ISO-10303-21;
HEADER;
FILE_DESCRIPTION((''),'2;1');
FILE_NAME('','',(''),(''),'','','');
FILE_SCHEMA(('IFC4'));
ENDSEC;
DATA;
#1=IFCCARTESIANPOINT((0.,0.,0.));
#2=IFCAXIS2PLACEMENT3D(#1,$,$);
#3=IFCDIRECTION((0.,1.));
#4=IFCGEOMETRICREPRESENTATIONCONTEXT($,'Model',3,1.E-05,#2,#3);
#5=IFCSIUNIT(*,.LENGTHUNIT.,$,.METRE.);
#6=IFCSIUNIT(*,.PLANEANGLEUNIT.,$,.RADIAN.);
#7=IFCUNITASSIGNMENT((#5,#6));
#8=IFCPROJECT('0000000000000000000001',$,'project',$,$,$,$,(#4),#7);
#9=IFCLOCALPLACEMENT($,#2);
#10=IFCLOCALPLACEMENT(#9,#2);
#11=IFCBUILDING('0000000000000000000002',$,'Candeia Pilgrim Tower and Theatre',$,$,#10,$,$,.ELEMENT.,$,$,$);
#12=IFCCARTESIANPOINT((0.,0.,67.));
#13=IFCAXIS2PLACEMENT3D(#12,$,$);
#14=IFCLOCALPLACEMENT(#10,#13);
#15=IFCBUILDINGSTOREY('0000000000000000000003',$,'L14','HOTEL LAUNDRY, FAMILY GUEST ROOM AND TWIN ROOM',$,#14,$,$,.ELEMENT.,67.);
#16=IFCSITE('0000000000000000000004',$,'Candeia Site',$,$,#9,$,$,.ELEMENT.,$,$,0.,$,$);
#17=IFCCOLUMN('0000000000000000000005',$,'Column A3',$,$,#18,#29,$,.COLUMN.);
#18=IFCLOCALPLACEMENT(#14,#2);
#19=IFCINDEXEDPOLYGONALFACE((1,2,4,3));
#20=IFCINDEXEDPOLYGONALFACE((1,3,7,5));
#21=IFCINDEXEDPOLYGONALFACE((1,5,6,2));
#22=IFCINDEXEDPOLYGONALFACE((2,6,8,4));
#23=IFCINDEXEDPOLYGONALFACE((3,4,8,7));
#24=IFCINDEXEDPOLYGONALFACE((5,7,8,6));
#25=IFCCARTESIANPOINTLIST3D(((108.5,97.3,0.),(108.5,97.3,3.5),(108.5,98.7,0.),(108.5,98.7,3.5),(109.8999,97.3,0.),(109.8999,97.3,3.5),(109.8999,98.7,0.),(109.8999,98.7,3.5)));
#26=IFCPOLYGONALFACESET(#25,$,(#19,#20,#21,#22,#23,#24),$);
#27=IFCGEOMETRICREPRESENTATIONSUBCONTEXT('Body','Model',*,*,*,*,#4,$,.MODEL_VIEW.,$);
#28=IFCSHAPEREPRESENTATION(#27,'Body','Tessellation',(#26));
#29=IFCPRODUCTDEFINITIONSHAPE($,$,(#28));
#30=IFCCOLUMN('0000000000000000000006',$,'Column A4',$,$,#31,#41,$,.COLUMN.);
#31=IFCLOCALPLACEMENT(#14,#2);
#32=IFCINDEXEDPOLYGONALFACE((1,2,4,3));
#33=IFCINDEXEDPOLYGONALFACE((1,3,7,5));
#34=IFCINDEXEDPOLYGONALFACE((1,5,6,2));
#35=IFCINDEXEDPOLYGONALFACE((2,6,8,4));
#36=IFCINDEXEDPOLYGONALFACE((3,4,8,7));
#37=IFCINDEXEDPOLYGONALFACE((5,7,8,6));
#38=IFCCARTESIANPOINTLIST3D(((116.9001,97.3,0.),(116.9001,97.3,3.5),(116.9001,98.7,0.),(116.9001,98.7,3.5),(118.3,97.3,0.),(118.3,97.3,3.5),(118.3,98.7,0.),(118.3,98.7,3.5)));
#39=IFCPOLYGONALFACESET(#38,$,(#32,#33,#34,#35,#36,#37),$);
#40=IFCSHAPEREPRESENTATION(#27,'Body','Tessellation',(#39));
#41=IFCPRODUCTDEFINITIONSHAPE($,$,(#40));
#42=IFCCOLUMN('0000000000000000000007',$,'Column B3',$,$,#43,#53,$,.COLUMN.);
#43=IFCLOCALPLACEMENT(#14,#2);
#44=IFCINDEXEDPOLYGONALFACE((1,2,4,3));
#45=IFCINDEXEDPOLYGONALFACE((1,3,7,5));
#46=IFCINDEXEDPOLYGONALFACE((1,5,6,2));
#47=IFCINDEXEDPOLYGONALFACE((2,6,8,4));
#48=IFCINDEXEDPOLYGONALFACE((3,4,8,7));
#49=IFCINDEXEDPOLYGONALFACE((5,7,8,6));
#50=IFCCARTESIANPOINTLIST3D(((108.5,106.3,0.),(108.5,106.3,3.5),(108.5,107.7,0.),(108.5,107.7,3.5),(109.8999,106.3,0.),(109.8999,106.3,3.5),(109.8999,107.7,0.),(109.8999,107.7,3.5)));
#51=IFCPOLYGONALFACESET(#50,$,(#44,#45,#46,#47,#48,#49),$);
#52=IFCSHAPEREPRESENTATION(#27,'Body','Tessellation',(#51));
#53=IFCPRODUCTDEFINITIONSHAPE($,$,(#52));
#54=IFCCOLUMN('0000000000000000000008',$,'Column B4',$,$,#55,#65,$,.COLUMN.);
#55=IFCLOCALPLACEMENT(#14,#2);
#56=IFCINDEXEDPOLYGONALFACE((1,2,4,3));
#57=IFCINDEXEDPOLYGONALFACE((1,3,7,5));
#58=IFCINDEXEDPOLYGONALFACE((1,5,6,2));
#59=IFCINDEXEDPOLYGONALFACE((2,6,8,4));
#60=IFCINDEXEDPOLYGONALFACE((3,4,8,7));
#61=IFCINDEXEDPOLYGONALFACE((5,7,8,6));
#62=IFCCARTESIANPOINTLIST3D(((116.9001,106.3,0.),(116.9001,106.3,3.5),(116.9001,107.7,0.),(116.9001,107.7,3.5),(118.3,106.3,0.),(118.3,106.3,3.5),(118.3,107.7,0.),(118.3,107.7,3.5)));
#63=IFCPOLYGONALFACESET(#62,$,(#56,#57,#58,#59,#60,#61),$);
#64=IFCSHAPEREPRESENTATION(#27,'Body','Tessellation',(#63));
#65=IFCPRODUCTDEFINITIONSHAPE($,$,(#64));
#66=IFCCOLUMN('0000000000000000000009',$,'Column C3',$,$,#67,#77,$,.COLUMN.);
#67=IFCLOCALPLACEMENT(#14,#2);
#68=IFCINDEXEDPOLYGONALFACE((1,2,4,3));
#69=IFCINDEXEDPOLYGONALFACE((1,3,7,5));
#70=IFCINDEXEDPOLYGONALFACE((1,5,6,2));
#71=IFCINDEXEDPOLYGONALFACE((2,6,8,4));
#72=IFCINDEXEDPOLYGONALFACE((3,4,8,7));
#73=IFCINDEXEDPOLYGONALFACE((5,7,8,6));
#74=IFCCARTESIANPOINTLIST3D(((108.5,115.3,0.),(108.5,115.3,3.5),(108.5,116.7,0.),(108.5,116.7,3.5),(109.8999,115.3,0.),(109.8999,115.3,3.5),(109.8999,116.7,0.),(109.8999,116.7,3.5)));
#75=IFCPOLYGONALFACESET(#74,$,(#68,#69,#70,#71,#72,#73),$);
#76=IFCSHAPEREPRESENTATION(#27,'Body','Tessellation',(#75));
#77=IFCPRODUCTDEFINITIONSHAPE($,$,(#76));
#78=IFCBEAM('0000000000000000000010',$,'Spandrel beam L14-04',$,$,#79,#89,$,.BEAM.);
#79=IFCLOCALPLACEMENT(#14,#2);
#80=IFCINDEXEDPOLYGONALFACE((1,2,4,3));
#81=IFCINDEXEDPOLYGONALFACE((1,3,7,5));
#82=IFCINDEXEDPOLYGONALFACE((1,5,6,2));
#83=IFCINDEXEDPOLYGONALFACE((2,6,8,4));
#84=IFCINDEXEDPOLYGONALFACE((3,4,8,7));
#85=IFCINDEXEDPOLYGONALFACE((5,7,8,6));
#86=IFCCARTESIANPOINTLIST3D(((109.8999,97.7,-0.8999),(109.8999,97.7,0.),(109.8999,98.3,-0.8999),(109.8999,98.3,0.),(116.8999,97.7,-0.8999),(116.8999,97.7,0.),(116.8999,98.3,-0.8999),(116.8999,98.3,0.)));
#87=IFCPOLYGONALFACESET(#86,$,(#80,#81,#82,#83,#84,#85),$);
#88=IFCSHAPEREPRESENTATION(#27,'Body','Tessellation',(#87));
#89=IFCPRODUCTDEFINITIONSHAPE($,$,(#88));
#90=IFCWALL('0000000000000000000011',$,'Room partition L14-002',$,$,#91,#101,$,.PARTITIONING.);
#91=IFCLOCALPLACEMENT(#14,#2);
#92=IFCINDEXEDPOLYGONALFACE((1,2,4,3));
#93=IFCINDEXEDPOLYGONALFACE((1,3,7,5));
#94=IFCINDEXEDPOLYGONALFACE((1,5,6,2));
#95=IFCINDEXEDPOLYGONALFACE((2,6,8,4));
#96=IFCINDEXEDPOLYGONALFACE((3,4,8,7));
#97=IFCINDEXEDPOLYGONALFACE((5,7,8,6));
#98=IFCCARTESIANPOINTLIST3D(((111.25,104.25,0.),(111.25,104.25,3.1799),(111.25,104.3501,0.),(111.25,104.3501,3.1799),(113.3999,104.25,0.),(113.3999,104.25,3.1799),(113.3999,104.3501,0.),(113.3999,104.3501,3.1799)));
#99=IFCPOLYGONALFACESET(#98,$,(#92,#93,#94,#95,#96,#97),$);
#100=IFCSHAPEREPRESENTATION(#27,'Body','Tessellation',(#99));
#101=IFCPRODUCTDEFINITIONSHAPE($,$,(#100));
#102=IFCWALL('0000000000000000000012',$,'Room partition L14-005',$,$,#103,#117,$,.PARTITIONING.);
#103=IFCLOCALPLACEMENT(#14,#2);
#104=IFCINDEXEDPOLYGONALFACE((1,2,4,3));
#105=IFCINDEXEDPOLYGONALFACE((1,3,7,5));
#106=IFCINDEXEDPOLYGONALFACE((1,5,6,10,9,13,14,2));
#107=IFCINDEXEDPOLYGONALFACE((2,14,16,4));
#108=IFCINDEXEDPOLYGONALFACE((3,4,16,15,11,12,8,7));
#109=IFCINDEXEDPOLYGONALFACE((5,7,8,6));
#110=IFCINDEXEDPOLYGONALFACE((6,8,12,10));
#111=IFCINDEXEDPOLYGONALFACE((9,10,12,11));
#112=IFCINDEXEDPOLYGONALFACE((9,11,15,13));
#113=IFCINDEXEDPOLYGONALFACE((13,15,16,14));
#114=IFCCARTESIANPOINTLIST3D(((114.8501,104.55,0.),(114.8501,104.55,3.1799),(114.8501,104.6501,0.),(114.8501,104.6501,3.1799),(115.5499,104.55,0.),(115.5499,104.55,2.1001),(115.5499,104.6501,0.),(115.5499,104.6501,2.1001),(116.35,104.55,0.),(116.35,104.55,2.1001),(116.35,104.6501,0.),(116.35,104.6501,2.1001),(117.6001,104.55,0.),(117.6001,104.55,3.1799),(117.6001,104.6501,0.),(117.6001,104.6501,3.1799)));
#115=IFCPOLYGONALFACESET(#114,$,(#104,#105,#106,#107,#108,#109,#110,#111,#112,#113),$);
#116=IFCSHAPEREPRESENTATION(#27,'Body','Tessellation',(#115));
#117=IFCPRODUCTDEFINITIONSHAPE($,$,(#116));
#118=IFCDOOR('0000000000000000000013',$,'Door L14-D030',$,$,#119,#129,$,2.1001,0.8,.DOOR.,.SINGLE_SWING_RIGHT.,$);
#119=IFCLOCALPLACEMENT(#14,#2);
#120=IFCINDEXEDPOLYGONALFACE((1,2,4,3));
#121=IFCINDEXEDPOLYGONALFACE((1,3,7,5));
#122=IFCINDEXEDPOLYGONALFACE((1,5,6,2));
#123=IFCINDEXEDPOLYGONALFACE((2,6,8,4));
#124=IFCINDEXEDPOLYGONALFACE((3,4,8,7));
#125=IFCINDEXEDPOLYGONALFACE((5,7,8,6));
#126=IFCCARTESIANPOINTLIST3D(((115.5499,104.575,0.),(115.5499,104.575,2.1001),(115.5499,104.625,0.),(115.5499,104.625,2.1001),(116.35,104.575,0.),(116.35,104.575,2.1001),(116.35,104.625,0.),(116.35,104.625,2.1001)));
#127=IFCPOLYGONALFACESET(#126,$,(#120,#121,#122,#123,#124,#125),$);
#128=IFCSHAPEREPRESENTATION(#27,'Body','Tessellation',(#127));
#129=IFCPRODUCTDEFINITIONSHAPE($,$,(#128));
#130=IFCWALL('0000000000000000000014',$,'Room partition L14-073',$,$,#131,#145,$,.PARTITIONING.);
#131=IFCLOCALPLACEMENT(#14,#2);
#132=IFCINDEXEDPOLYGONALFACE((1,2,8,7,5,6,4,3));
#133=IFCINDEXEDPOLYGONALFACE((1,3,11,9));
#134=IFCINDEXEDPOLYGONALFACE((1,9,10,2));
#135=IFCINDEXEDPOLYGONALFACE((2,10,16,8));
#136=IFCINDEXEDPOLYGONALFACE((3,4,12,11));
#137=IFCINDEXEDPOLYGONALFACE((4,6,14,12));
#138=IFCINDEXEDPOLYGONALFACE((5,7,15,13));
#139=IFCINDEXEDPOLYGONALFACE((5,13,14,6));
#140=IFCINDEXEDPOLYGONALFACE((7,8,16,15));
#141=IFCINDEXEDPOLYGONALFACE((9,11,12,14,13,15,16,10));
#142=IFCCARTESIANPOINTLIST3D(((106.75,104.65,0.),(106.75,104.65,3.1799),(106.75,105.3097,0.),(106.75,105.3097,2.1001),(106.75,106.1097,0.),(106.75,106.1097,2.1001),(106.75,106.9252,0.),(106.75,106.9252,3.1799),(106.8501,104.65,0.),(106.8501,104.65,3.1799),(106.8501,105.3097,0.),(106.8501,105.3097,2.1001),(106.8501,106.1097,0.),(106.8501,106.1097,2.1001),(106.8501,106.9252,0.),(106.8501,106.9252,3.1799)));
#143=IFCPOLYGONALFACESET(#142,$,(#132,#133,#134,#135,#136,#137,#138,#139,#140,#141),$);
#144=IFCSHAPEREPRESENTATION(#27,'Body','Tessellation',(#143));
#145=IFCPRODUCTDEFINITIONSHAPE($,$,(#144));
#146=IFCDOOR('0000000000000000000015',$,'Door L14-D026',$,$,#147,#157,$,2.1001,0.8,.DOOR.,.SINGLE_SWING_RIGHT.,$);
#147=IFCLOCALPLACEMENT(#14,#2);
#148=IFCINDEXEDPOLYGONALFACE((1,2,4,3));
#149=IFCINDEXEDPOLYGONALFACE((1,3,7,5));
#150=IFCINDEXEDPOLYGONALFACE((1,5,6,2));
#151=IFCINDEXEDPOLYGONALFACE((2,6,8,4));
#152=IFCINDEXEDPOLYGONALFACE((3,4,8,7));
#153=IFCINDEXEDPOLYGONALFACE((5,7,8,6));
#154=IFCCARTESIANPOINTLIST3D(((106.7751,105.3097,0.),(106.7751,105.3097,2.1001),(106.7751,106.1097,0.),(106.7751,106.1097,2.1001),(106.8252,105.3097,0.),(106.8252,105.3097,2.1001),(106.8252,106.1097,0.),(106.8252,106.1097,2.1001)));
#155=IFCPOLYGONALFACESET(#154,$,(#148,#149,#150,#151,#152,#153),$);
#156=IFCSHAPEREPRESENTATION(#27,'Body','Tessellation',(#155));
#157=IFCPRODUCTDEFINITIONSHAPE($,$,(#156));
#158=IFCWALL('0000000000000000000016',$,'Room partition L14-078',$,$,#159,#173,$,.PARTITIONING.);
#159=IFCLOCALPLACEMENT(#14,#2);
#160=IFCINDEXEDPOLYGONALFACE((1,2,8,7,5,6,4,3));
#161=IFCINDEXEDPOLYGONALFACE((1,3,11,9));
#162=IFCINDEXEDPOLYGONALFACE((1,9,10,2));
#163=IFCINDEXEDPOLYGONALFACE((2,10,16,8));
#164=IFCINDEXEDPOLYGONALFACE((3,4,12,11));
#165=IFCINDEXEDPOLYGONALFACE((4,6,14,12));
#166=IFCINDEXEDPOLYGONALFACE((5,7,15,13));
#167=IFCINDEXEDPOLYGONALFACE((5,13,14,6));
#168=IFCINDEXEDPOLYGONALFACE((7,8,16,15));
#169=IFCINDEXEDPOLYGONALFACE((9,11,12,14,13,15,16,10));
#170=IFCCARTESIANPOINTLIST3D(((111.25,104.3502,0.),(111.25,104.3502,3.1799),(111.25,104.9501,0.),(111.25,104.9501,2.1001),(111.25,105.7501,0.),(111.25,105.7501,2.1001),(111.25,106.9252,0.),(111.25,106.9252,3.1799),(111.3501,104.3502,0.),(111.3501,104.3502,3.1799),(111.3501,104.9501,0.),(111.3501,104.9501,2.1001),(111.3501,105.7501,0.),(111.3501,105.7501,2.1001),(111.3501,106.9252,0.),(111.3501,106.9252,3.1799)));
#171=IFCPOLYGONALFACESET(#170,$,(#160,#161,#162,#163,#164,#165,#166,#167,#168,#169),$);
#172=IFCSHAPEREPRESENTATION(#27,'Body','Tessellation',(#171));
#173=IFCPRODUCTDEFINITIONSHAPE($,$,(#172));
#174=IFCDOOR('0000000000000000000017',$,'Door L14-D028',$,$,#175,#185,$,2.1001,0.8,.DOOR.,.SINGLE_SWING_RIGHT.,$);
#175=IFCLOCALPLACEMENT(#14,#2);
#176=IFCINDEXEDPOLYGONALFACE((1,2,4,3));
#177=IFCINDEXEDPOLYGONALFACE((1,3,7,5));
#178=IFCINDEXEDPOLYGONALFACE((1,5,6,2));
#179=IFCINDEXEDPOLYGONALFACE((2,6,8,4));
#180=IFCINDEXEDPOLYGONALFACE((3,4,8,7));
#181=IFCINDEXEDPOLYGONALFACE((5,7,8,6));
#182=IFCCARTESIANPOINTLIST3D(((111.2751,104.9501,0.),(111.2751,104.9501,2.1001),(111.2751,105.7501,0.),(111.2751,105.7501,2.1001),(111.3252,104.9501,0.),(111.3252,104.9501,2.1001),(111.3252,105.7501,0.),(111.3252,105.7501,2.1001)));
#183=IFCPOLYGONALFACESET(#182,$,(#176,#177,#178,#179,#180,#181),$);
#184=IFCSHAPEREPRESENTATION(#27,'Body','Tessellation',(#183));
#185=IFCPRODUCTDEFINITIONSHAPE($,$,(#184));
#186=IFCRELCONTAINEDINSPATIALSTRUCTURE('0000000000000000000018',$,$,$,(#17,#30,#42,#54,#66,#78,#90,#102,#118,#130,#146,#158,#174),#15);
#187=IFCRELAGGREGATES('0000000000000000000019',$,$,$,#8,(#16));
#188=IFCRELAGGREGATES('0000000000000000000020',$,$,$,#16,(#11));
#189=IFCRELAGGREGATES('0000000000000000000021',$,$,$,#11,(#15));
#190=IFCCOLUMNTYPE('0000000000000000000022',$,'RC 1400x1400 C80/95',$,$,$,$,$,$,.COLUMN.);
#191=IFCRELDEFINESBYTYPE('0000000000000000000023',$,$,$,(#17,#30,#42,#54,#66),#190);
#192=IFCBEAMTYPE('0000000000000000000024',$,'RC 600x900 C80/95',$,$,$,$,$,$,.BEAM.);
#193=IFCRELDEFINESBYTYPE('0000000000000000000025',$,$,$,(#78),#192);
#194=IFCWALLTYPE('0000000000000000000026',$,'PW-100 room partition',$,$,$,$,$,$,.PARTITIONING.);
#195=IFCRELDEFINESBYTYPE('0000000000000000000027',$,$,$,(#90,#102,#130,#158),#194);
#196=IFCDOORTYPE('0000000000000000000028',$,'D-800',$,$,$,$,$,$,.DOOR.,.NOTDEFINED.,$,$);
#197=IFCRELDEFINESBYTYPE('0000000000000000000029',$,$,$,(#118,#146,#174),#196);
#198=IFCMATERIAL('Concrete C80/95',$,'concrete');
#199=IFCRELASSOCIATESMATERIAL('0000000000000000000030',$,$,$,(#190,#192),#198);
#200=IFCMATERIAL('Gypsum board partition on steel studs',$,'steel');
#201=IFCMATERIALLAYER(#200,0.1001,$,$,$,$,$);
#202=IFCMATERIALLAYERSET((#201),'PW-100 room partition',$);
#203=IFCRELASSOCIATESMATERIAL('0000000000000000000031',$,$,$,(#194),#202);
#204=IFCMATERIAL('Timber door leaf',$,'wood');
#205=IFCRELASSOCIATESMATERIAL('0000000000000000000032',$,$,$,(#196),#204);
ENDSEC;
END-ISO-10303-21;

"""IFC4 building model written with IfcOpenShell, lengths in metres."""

from ifc_helpers import new_model, si_unit, direction, frame, frame_2d, origin, origin_2d, place, context, subcontext, project, spatial, rectangle, extrude, material, layer, layer_set, material_profile, profile_set, type_object, element, fill, save


model = new_model("IFC4")

# Units and contexts
model_context = context("Model", 3, precision=1e-05, world=origin(), true_north=direction((0.0, 1.0)))
body_context = subcontext(model_context, "Body", "Model", "MODEL_VIEW")
ifc_project = project(units=[si_unit("LENGTHUNIT", "METRE"), si_unit("PLANEANGLEUNIT", "RADIAN")], contexts=[model_context])

# Site, building, storey
site_placement = place(None, origin())
site = spatial("IfcSite", under=ifc_project, at=site_placement, Name="Candeia Site", CompositionType="ELEMENT", RefElevation=0.0)
building_placement = place(site_placement, origin())
building = spatial("IfcBuilding", under=site, at=building_placement, Name="Candeia Pilgrim Tower and Theatre", CompositionType="ELEMENT")
storey_placement = place(building_placement, frame((0.0, 0.0, 67.0)))
storey = spatial("IfcBuildingStorey", under=building, at=storey_placement, Name="L14", Description="HOTEL LAUNDRY, FAMILY GUEST ROOM AND TWIN ROOM", CompositionType="ELEMENT", Elevation=67.0)

# Columns
ifc_material_1 = material(Name="Concrete C80/95", Category="concrete")
ifc_material_profile_1 = material_profile(ifc_material_1, rectangle(XDim=1.3999, YDim=1.3999, at=origin_2d()))
ifc_profile_set_1 = profile_set([ifc_material_profile_1], Name="Concrete C80/95")
column_type = type_object("IfcColumnType", Name="RC 1400x1400 C80/95", PredefinedType="COLUMN", material=ifc_profile_set_1)
for number, where, z_axis, x_axis, name in (
    (1, (109.2, 98.0, 0.0), (0.0, 0.0, 1.0), (1.0, 0.0, 0.0), "Column A3"),
    (2, (117.6001, 98.0, 0.0), (0.0, 0.0, 1.0), (1.0, 0.0, 0.0), "Column A4"),
    (3, (109.2, 107.0, 0.0), (0.0, 0.0, 1.0), (1.0, 0.0, 0.0), "Column B3"),
    (4, (117.6001, 107.0, 0.0), (0.0, 0.0, 1.0), (1.0, 0.0, 0.0), "Column B4"),
    (5, (109.2, 116.0, 0.0), (0.0, 0.0, 1.0), (1.0, 0.0, 0.0), "Column C3"),
):
    element("IfcColumn", number, at=place(storey_placement, frame(where, z_axis=z_axis, x_axis=x_axis)), inside=storey, type_object=column_type, Name=name, PredefinedType="COLUMN", context=body_context, shape_type="SweptSolid", body=[
        extrude(rectangle(XDim=1.3999, YDim=1.3999, at=origin_2d()), origin(), (0.0, 0.0, 1.0), 3.5),
    ])

# Beam
ifc_material_profile_2 = material_profile(ifc_material_1, rectangle(XDim=0.6001, YDim=0.8999, at=origin_2d()))
ifc_profile_set_2 = profile_set([ifc_material_profile_2], Name="Concrete C80/95")
beam_type = type_object("IfcBeamType", Name="RC 600x900 C80/95", PredefinedType="BEAM", material=ifc_profile_set_2)
beam_placement = place(storey_placement, frame((109.8999, 98.0, -0.45), z_axis=(1.0, 0.0, 0.0), x_axis=(0.0, 1.0, 0.0)))
element("IfcBeam", 6, at=beam_placement, inside=storey, type_object=beam_type, Name="Spandrel beam L14-04", PredefinedType="BEAM", context=body_context, shape_type="SweptSolid", body=[
    extrude(rectangle(XDim=0.6001, YDim=0.8999, at=origin_2d()), origin(), (0.0, 0.0, 1.0), 7.0),
])

# Wall
ifc_material_2 = material(Name="Gypsum board partition on steel studs", Category="steel")
ifc_layer_1 = layer(ifc_material_2, 0.1001)
ifc_layer_set_1 = layer_set([ifc_layer_1], Name="PW-100 room partition")
wall_type_1 = type_object("IfcWallType", Name="PW-100 room partition", PredefinedType="PARTITIONING", material=ifc_layer_set_1)
wall_1_placement = place(storey_placement, frame((111.25, 104.3, 0.0), z_axis=(0.0, 0.0, 1.0), x_axis=(1.0, 0.0, 0.0)))
element("IfcWall", 7, at=wall_1_placement, inside=storey, type_object=wall_type_1, Name="Room partition L14-002", PredefinedType="PARTITIONING", context=body_context, shape_type="SweptSolid", body=[
    extrude(rectangle(XDim=2.1499, YDim=0.1001, at=frame_2d((1.075, 0.0))), origin(), (0.0, 0.0, 1.0), 3.1799),
])

# Walls, openings, doors
wall_2_placement = place(storey_placement, frame((114.8501, 104.6001, 0.0), z_axis=(0.0, 0.0, 1.0), x_axis=(1.0, 0.0, 0.0)))
wall_2 = element("IfcWall", 8, at=wall_2_placement, inside=storey, type_object=wall_type_1, Name="Room partition L14-005", PredefinedType="PARTITIONING", context=body_context, shape_type="SweptSolid", body=[
    extrude(rectangle(XDim=2.75, YDim=0.1001, at=frame_2d((1.375, 0.0))), origin(), (0.0, 0.0, 1.0), 3.1799),
])
opening_1_placement = place(wall_2_placement, frame((0.7, 0.0, 0.0)))
opening_1 = element("IfcOpeningElement", 9, at=opening_1_placement, cuts=wall_2, PredefinedType="OPENING", context=body_context, shape_type="SweptSolid", body=[
    extrude(rectangle(XDim=0.8, YDim=2.1001, at=frame_2d((0.3999, 1.05))), frame((0.0, 0.0601, 0.0), z_axis=(0.0, -1.0, 0.0), x_axis=(1.0, 0.0, 0.0)), (0.0, 0.0, 1.0), 0.1201),
])
ifc_material_3 = material(Name="Timber door leaf", Category="wood")
door_type = type_object("IfcDoorType", Name="D-800", OperationType="NOTDEFINED", PredefinedType="DOOR", material=ifc_material_3)
door_1_placement = place(opening_1_placement, origin())
door_1 = element("IfcDoor", 10, at=door_1_placement, inside=storey, type_object=door_type, Name="Door L14-D030", OperationType="SINGLE_SWING_RIGHT", OverallHeight=2.1001, OverallWidth=0.8, PredefinedType="DOOR", context=body_context, shape_type="SweptSolid", body=[
    extrude(rectangle(XDim=0.8, YDim=2.1001, at=frame_2d((0.3999, 1.05))), frame((0.0, 0.0249, 0.0), z_axis=(0.0, -1.0, 0.0), x_axis=(1.0, 0.0, 0.0)), (0.0, 0.0, 1.0), 0.05),
])
fill(opening_1, door_1)
wall_3_placement = place(storey_placement, frame((106.8, 104.6499, 0.0), z_axis=(0.0, 0.0, 1.0), x_axis=(0.0, 1.0, 0.0)))
wall_3 = element("IfcWall", 11, at=wall_3_placement, inside=storey, type_object=wall_type_1, Name="Room partition L14-073", PredefinedType="PARTITIONING", context=body_context, shape_type="SweptSolid", body=[
    extrude(rectangle(XDim=2.2751, YDim=0.1001, at=frame_2d((1.1377, 0.0))), origin(), (0.0, 0.0, 1.0), 3.1799),
])
opening_2_placement = place(wall_3_placement, frame((0.6599, 0.0, 0.0)))
opening_2 = element("IfcOpeningElement", 12, at=opening_2_placement, cuts=wall_3, PredefinedType="OPENING", context=body_context, shape_type="SweptSolid", body=[
    extrude(rectangle(XDim=0.8, YDim=2.1001, at=frame_2d((0.3999, 1.05))), frame((0.0, 0.0601, 0.0), z_axis=(0.0, -1.0, 0.0), x_axis=(1.0, 0.0, 0.0)), (0.0, 0.0, 1.0), 0.1201),
])
door_2_placement = place(opening_2_placement, origin())
door_2 = element("IfcDoor", 13, at=door_2_placement, inside=storey, type_object=door_type, Name="Door L14-D026", OperationType="SINGLE_SWING_RIGHT", OverallHeight=2.1001, OverallWidth=0.8, PredefinedType="DOOR", context=body_context, shape_type="SweptSolid", body=[
    extrude(rectangle(XDim=0.8, YDim=2.1001, at=frame_2d((0.3999, 1.05))), frame((0.0, 0.0249, 0.0), z_axis=(0.0, -1.0, 0.0), x_axis=(1.0, 0.0, 0.0)), (0.0, 0.0, 1.0), 0.05),
])
fill(opening_2, door_2)
wall_4_placement = place(storey_placement, frame((111.3, 104.3501, 0.0), z_axis=(0.0, 0.0, 1.0), x_axis=(0.0, 1.0, 0.0)))
wall_4 = element("IfcWall", 14, at=wall_4_placement, inside=storey, type_object=wall_type_1, Name="Room partition L14-078", PredefinedType="PARTITIONING", context=body_context, shape_type="SweptSolid", body=[
    extrude(rectangle(XDim=2.575, YDim=0.1001, at=frame_2d((1.2876, 0.0))), origin(), (0.0, 0.0, 1.0), 3.1799),
])
opening_3_placement = place(wall_4_placement, frame((0.6001, 0.0, 0.0)))
opening_3 = element("IfcOpeningElement", 15, at=opening_3_placement, cuts=wall_4, PredefinedType="OPENING", context=body_context, shape_type="SweptSolid", body=[
    extrude(rectangle(XDim=0.8, YDim=2.1001, at=frame_2d((0.3999, 1.05))), frame((0.0, 0.0601, 0.0), z_axis=(0.0, -1.0, 0.0), x_axis=(1.0, 0.0, 0.0)), (0.0, 0.0, 1.0), 0.1201),
])
door_3_placement = place(opening_3_placement, origin())
door_3 = element("IfcDoor", 16, at=door_3_placement, inside=storey, type_object=door_type, Name="Door L14-D028", OperationType="SINGLE_SWING_RIGHT", OverallHeight=2.1001, OverallWidth=0.8, PredefinedType="DOOR", context=body_context, shape_type="SweptSolid", body=[
    extrude(rectangle(XDim=0.8, YDim=2.1001, at=frame_2d((0.3999, 1.05))), frame((0.0, 0.0249, 0.0), z_axis=(0.0, -1.0, 0.0), x_axis=(1.0, 0.0, 0.0)), (0.0, 0.0, 1.0), 0.05),
])
fill(opening_3, door_3)

save(model, "model.ifc")
